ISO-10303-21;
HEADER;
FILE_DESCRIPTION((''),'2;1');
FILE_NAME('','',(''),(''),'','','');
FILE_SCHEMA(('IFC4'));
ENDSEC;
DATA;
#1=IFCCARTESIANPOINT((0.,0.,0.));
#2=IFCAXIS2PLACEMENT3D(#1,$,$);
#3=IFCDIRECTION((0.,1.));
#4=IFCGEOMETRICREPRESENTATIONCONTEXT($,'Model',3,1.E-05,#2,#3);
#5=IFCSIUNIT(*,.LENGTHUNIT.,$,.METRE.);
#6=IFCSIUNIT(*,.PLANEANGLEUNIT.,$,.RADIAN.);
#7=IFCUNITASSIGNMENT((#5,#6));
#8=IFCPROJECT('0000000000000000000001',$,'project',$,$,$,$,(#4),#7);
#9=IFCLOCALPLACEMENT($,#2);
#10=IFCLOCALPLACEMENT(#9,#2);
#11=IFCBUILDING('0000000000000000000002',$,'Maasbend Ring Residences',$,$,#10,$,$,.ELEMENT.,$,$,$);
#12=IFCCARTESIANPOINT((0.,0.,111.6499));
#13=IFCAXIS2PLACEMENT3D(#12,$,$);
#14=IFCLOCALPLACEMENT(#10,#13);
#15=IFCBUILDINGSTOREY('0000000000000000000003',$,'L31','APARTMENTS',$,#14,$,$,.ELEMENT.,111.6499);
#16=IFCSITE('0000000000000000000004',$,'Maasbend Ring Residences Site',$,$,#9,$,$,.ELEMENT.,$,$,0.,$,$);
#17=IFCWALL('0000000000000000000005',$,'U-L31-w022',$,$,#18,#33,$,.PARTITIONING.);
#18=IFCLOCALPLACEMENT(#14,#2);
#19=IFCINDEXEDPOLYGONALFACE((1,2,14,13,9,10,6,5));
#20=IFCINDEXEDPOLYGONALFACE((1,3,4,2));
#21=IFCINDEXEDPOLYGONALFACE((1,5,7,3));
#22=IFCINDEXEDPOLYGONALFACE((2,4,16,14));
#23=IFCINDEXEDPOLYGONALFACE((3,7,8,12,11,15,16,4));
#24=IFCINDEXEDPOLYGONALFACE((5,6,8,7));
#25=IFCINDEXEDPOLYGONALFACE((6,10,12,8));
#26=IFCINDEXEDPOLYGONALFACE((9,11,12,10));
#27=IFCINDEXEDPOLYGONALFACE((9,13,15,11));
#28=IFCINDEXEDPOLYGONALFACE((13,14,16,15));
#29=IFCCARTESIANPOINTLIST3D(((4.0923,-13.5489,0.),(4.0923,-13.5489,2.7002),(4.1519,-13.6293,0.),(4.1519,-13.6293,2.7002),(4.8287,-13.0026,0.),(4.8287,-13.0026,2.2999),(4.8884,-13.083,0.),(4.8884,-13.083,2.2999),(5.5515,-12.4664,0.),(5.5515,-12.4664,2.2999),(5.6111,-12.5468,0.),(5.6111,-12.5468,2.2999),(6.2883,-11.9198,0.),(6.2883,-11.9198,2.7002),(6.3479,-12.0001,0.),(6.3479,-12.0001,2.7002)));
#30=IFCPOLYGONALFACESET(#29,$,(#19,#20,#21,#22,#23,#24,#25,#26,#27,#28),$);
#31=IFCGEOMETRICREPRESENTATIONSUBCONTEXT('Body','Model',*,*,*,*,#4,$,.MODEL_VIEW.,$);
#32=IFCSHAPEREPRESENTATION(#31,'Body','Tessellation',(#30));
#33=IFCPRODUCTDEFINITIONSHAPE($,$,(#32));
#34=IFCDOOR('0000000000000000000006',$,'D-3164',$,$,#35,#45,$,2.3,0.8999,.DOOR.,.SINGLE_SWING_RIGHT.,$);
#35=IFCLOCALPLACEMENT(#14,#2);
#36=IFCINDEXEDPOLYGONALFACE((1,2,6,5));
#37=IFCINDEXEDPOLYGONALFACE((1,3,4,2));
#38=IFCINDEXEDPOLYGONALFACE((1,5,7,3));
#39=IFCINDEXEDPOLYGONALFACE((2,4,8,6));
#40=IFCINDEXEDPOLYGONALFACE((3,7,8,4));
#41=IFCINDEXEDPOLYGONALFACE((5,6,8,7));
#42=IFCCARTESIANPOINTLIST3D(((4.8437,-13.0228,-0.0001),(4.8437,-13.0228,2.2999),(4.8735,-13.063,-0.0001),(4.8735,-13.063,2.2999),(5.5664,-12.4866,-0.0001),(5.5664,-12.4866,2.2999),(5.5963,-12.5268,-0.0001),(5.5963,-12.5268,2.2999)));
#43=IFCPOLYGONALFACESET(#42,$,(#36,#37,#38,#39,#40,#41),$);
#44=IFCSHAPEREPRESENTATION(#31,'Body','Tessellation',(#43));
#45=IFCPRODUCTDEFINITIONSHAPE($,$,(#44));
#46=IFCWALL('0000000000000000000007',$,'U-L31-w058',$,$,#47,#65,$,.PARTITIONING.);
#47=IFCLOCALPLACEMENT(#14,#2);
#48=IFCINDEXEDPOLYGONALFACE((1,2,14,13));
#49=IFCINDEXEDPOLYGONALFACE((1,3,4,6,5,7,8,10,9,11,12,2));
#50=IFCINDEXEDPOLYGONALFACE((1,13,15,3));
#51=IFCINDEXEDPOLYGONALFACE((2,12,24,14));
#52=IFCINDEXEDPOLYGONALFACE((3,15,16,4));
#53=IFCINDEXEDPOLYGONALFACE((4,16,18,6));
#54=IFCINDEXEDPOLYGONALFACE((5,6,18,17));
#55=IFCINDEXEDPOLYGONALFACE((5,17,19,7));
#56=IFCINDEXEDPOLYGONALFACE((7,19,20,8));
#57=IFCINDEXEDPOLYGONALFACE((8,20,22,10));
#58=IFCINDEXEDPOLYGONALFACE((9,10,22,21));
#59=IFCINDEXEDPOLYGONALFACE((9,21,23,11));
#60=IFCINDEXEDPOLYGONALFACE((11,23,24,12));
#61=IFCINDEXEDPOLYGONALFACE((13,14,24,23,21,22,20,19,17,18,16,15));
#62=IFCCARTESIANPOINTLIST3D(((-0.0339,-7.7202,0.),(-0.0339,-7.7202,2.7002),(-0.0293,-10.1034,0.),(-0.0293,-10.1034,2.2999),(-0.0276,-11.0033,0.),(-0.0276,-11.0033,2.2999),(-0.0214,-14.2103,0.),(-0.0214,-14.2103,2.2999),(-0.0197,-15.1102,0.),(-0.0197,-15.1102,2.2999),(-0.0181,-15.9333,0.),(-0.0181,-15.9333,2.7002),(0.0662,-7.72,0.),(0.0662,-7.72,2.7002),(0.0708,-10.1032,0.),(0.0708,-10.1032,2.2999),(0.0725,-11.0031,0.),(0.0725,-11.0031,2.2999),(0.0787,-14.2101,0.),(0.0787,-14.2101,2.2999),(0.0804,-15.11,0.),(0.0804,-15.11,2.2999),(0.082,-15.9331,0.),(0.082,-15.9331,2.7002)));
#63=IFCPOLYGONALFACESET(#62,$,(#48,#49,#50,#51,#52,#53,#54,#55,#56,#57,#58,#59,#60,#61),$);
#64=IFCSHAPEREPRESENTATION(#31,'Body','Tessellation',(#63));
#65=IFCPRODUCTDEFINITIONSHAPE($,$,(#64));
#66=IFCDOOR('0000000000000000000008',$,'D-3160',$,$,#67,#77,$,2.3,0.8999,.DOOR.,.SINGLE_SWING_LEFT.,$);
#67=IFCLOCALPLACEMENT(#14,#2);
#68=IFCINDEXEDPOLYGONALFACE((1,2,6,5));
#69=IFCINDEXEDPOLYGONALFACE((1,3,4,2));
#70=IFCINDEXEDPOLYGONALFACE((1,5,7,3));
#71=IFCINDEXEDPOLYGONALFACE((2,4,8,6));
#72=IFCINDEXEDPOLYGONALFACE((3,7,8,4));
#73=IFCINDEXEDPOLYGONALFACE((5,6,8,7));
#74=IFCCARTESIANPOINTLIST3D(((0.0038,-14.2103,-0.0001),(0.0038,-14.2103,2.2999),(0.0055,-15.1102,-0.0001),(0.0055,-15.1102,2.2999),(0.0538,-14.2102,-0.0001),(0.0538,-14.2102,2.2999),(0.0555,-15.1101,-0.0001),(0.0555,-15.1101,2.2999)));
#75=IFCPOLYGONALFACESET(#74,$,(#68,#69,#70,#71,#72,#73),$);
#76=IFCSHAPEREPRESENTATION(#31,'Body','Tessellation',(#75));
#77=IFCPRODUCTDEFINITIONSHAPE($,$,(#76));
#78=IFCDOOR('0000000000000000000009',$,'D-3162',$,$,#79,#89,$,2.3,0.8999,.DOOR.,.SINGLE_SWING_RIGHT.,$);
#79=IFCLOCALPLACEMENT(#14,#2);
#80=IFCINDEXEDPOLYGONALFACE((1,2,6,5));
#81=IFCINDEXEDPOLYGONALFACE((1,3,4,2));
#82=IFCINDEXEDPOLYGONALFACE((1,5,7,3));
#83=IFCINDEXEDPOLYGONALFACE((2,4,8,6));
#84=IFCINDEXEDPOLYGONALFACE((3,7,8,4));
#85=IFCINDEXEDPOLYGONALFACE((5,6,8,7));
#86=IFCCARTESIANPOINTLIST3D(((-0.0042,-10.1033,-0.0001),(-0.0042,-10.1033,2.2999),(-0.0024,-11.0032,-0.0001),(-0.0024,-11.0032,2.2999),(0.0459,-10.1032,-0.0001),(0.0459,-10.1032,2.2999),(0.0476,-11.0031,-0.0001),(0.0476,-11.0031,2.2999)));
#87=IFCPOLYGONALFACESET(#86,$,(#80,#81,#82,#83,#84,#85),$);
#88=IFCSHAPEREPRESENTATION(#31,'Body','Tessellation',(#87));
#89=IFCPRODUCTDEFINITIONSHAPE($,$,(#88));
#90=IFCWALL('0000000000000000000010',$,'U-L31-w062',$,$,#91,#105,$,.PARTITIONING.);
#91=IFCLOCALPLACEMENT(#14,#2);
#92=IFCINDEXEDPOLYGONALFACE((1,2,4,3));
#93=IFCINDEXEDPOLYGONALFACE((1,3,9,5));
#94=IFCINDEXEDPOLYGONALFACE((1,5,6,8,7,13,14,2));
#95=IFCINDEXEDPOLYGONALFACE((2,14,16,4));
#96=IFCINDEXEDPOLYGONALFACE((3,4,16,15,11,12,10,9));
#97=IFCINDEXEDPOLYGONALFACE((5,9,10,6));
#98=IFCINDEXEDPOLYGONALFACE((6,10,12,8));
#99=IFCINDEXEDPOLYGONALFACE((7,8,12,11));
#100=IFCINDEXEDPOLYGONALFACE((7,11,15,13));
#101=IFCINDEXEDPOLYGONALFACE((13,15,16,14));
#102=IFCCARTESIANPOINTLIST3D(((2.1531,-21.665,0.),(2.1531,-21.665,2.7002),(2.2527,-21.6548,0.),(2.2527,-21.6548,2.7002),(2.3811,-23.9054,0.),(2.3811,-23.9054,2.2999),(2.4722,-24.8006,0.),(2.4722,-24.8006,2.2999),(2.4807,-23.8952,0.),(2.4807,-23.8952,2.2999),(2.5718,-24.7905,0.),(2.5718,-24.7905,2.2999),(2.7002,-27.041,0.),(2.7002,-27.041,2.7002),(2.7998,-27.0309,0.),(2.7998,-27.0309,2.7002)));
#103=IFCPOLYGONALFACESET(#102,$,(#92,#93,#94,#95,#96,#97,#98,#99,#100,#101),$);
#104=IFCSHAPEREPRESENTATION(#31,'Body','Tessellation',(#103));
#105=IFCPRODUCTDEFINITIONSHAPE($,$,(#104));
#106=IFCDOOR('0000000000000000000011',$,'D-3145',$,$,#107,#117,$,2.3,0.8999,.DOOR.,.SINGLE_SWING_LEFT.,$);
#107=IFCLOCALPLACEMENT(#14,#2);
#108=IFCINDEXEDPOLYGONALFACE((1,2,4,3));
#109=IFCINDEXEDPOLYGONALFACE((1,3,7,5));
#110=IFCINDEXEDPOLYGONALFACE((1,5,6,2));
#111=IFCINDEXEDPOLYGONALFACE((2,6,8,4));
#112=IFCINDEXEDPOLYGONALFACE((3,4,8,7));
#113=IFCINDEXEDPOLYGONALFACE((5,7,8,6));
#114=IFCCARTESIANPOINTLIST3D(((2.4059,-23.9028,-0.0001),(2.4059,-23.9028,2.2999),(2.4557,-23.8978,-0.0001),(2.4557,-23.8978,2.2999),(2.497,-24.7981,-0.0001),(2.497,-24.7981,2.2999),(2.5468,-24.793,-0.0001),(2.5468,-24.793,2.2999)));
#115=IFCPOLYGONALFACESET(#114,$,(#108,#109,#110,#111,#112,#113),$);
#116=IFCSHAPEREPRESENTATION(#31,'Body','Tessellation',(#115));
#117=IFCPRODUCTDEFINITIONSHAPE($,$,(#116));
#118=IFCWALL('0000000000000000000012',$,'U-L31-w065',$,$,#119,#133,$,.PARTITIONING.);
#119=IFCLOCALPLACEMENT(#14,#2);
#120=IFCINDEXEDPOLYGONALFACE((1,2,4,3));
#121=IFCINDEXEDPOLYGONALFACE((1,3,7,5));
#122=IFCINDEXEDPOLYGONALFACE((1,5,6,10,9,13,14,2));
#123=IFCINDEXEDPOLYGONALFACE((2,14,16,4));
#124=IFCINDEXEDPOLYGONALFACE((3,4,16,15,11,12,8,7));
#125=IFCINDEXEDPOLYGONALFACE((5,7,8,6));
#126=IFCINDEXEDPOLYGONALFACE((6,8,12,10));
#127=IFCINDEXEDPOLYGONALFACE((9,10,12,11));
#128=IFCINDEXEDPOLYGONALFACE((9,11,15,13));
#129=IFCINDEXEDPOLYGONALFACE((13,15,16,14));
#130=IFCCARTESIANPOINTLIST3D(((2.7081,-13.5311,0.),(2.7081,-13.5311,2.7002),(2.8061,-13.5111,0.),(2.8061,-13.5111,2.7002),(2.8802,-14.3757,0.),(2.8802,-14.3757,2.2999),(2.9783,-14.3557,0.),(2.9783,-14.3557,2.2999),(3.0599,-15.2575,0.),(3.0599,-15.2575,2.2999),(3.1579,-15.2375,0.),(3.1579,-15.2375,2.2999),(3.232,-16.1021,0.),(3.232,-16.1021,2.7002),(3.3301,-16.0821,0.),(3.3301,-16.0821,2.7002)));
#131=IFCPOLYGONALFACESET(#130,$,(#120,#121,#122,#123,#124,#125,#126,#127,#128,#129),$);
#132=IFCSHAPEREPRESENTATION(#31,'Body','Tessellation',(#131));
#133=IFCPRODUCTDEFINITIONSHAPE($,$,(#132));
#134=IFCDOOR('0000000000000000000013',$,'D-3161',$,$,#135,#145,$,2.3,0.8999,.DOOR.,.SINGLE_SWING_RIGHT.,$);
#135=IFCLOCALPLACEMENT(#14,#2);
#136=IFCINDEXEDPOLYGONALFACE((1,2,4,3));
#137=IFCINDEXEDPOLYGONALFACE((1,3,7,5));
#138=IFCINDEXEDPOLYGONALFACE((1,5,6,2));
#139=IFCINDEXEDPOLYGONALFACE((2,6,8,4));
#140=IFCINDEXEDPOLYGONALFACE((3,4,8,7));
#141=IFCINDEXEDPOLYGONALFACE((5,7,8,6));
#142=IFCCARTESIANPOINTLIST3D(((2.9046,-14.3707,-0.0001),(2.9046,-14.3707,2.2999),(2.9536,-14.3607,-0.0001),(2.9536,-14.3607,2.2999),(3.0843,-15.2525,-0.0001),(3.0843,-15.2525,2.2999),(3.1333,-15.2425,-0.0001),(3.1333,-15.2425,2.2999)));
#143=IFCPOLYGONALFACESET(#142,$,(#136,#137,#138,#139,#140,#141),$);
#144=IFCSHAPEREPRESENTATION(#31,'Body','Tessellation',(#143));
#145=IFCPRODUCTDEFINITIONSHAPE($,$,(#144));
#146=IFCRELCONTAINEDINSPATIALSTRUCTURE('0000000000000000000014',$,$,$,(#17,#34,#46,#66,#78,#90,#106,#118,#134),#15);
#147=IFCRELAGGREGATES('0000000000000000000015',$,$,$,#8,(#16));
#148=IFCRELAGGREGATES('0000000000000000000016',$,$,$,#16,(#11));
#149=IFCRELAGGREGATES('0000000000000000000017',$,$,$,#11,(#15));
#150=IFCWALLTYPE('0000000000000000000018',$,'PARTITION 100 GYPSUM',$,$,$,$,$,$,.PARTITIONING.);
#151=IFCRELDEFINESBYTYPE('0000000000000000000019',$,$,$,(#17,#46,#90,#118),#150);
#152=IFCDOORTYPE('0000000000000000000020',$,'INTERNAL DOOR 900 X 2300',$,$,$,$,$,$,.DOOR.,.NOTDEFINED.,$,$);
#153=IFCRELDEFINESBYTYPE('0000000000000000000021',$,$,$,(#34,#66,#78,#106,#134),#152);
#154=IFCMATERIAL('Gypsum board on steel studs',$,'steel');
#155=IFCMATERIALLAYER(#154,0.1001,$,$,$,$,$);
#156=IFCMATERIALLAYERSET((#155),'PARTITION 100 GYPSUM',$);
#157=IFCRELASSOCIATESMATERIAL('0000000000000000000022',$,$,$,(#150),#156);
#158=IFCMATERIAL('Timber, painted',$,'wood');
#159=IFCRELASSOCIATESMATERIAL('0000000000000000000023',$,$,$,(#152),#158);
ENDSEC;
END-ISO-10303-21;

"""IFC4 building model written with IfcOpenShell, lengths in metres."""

from ifc_helpers import new_model, si_unit, direction, frame, frame_2d, origin, place, context, subcontext, project, spatial, rectangle, extrude, material, layer, layer_set, type_object, element, fill, save


model = new_model("IFC4")

# Units and contexts
model_context = context("Model", 3, precision=1e-05, world=origin(), true_north=direction((0.0, 1.0)))
body_context = subcontext(model_context, "Body", "Model", "MODEL_VIEW")
ifc_project = project(units=[si_unit("LENGTHUNIT", "METRE"), si_unit("PLANEANGLEUNIT", "RADIAN")], contexts=[model_context])

# Site, building, storey
site_placement = place(None, origin())
site = spatial("IfcSite", under=ifc_project, at=site_placement, Name="Maasbend Ring Residences Site", CompositionType="ELEMENT", RefElevation=0.0)
building_placement = place(site_placement, origin())
building = spatial("IfcBuilding", under=site, at=building_placement, Name="Maasbend Ring Residences", CompositionType="ELEMENT")
storey_placement = place(building_placement, frame((0.0, 0.0, 111.6499)))
storey = spatial("IfcBuildingStorey", under=building, at=storey_placement, Name="L31", Description="APARTMENTS", CompositionType="ELEMENT", Elevation=111.6499)

# Shared definitions
ifc_material_1 = material(Name="Gypsum board on steel studs", Category="steel")
ifc_layer_1 = layer(ifc_material_1, 0.1001)
ifc_layer_set_1 = layer_set([ifc_layer_1], Name="PARTITION 100 GYPSUM")
wall_type_1 = type_object("IfcWallType", Name="PARTITION 100 GYPSUM", PredefinedType="PARTITIONING", material=ifc_layer_set_1)

# Wall, opening, door
wall_1_placement = place(storey_placement, frame((4.1221, -13.5891, 0.0), z_axis=(0.0, 0.0, 1.0), x_axis=(0.803128, 0.595806, 0.0)))
wall_1 = element("IfcWall", 1, at=wall_1_placement, inside=storey, type_object=wall_type_1, Name="U-L31-w022", PredefinedType="PARTITIONING", context=body_context, shape_type="SweptSolid", body=[
    extrude(rectangle(XDim=2.7344, YDim=0.1001, at=frame_2d((1.3672, 0.0))), origin(), (0.0, 0.0, 1.0), 2.7002),
])
opening_1_placement = place(wall_1_placement, frame((0.917, 0.0, 0.0)))
opening_1 = element("IfcOpeningElement", 2, at=opening_1_placement, cuts=wall_1, PredefinedType="OPENING", context=body_context, shape_type="SweptSolid", body=[
    extrude(rectangle(XDim=0.8999, YDim=2.3, at=frame_2d((0.45, 1.1499))), frame((0.0, 0.0601, 0.0), z_axis=(0.0, -1.0, 0.0), x_axis=(1.0, 0.0, 0.0)), (0.0, 0.0, 1.0), 0.1201),
])
ifc_material_2 = material(Name="Timber, painted", Category="wood")
door_type_1 = type_object("IfcDoorType", Name="INTERNAL DOOR 900 X 2300", OperationType="NOTDEFINED", PredefinedType="DOOR", material=ifc_material_2)
door_1_placement = place(opening_1_placement, origin())
door_1 = element("IfcDoor", 3, at=door_1_placement, inside=storey, type_object=door_type_1, Name="D-3164", OperationType="SINGLE_SWING_RIGHT", OverallHeight=2.3, OverallWidth=0.8999, PredefinedType="DOOR", context=body_context, shape_type="SweptSolid", body=[
    extrude(rectangle(XDim=0.8999, YDim=2.3, at=frame_2d((0.45, 1.1499))), frame((0.0, 0.0249, 0.0), z_axis=(0.0, -1.0, 0.0), x_axis=(1.0, 0.0, 0.0)), (0.0, 0.0, 1.0), 0.05),
])
fill(opening_1, door_1)

# Wall, openings, doors
wall_2_placement = place(storey_placement, frame((0.032, -15.9331, 0.0), z_axis=(0.0, 0.0, 1.0), x_axis=(-0.001932, 0.999998, 0.0)))
wall_2 = element("IfcWall", 4, at=wall_2_placement, inside=storey, type_object=wall_type_1, Name="U-L31-w058", PredefinedType="PARTITIONING", context=body_context, shape_type="SweptSolid", body=[
    extrude(rectangle(XDim=8.2131, YDim=0.1001, at=frame_2d((4.1064, 0.0))), origin(), (0.0, 0.0, 1.0), 2.7002),
])
opening_2_placement = place(wall_2_placement, frame((0.823, 0.0, 0.0)))
opening_2 = element("IfcOpeningElement", 5, at=opening_2_placement, cuts=wall_2, PredefinedType="OPENING", context=body_context, shape_type="SweptSolid", body=[
    extrude(rectangle(XDim=0.8999, YDim=2.3, at=frame_2d((0.45, 1.1499))), frame((0.0, 0.0601, 0.0), z_axis=(0.0, -1.0, 0.0), x_axis=(1.0, 0.0, 0.0)), (0.0, 0.0, 1.0), 0.1201),
])
opening_3_placement = place(wall_2_placement, frame((4.9299, 0.0, 0.0)))
opening_3 = element("IfcOpeningElement", 6, at=opening_3_placement, cuts=wall_2, PredefinedType="OPENING", context=body_context, shape_type="SweptSolid", body=[
    extrude(rectangle(XDim=0.8999, YDim=2.3, at=frame_2d((0.45, 1.1499))), frame((0.0, 0.0601, 0.0), z_axis=(0.0, -1.0, 0.0), x_axis=(1.0, 0.0, 0.0)), (0.0, 0.0, 1.0), 0.1201),
])
door_2_placement = place(opening_2_placement, origin())
door_2 = element("IfcDoor", 7, at=door_2_placement, inside=storey, type_object=door_type_1, Name="D-3160", OperationType="SINGLE_SWING_LEFT", OverallHeight=2.3, OverallWidth=0.8999, PredefinedType="DOOR", context=body_context, shape_type="SweptSolid", body=[
    extrude(rectangle(XDim=0.8999, YDim=2.3, at=frame_2d((0.45, 1.1499))), frame((0.0, 0.0249, 0.0), z_axis=(0.0, -1.0, 0.0), x_axis=(1.0, 0.0, 0.0)), (0.0, 0.0, 1.0), 0.05),
])
fill(opening_2, door_2)
door_3_placement = place(opening_3_placement, origin())
door_3 = element("IfcDoor", 8, at=door_3_placement, inside=storey, type_object=door_type_1, Name="D-3162", OperationType="SINGLE_SWING_RIGHT", OverallHeight=2.3, OverallWidth=0.8999, PredefinedType="DOOR", context=body_context, shape_type="SweptSolid", body=[
    extrude(rectangle(XDim=0.8999, YDim=2.3, at=frame_2d((0.45, 1.1499))), frame((0.0, 0.0249, 0.0), z_axis=(0.0, -1.0, 0.0), x_axis=(1.0, 0.0, 0.0)), (0.0, 0.0, 1.0), 0.05),
])
fill(opening_3, door_3)

# Walls, openings, doors
wall_3_placement = place(storey_placement, frame((2.2029, -21.6599, 0.0), z_axis=(0.0, 0.0, 1.0), x_axis=(0.101248, -0.994861, 0.0)))
wall_3 = element("IfcWall", 9, at=wall_3_placement, inside=storey, type_object=wall_type_1, Name="U-L31-w062", PredefinedType="PARTITIONING", context=body_context, shape_type="SweptSolid", body=[
    extrude(rectangle(XDim=5.4038, YDim=0.1001, at=frame_2d((2.7019, 0.0))), origin(), (0.0, 0.0, 1.0), 2.7002),
])
opening_4_placement = place(wall_3_placement, frame((2.252, 0.0, 0.0)))
opening_4 = element("IfcOpeningElement", 10, at=opening_4_placement, cuts=wall_3, PredefinedType="OPENING", context=body_context, shape_type="SweptSolid", body=[
    extrude(rectangle(XDim=0.8999, YDim=2.3, at=frame_2d((0.45, 1.1499))), frame((0.0, 0.0601, 0.0), z_axis=(0.0, -1.0, 0.0), x_axis=(1.0, 0.0, 0.0)), (0.0, 0.0, 1.0), 0.1201),
])
door_4_placement = place(opening_4_placement, origin())
door_4 = element("IfcDoor", 11, at=door_4_placement, inside=storey, type_object=door_type_1, Name="D-3145", OperationType="SINGLE_SWING_LEFT", OverallHeight=2.3, OverallWidth=0.8999, PredefinedType="DOOR", context=body_context, shape_type="SweptSolid", body=[
    extrude(rectangle(XDim=0.8999, YDim=2.3, at=frame_2d((0.45, 1.1499))), frame((0.0, 0.0249, 0.0), z_axis=(0.0, -1.0, 0.0), x_axis=(1.0, 0.0, 0.0)), (0.0, 0.0, 1.0), 0.05),
])
fill(opening_4, door_4)
wall_4_placement = place(storey_placement, frame((2.7571, -13.521, 0.0), z_axis=(0.0, 0.0, 1.0), x_axis=(0.199676, -0.979862, 0.0)))
wall_4 = element("IfcWall", 12, at=wall_4_placement, inside=storey, type_object=wall_type_1, Name="U-L31-w065", PredefinedType="PARTITIONING", context=body_context, shape_type="SweptSolid", body=[
    extrude(rectangle(XDim=2.6238, YDim=0.1001, at=frame_2d((1.312, 0.0))), origin(), (0.0, 0.0, 1.0), 2.7002),
])
opening_5_placement = place(wall_4_placement, frame((0.8621, 0.0, 0.0)))
opening_5 = element("IfcOpeningElement", 13, at=opening_5_placement, cuts=wall_4, PredefinedType="OPENING", context=body_context, shape_type="SweptSolid", body=[
    extrude(rectangle(XDim=0.8999, YDim=2.3, at=frame_2d((0.45, 1.1499))), frame((0.0, 0.0601, 0.0), z_axis=(0.0, -1.0, 0.0), x_axis=(1.0, 0.0, 0.0)), (0.0, 0.0, 1.0), 0.1201),
])
door_5_placement = place(opening_5_placement, origin())
door_5 = element("IfcDoor", 14, at=door_5_placement, inside=storey, type_object=door_type_1, Name="D-3161", OperationType="SINGLE_SWING_RIGHT", OverallHeight=2.3, OverallWidth=0.8999, PredefinedType="DOOR", context=body_context, shape_type="SweptSolid", body=[
    extrude(rectangle(XDim=0.8999, YDim=2.3, at=frame_2d((0.45, 1.1499))), frame((0.0, 0.0249, 0.0), z_axis=(0.0, -1.0, 0.0), x_axis=(1.0, 0.0, 0.0)), (0.0, 0.0, 1.0), 0.05),
])
fill(opening_5, door_5)

save(model, "model.ifc")
